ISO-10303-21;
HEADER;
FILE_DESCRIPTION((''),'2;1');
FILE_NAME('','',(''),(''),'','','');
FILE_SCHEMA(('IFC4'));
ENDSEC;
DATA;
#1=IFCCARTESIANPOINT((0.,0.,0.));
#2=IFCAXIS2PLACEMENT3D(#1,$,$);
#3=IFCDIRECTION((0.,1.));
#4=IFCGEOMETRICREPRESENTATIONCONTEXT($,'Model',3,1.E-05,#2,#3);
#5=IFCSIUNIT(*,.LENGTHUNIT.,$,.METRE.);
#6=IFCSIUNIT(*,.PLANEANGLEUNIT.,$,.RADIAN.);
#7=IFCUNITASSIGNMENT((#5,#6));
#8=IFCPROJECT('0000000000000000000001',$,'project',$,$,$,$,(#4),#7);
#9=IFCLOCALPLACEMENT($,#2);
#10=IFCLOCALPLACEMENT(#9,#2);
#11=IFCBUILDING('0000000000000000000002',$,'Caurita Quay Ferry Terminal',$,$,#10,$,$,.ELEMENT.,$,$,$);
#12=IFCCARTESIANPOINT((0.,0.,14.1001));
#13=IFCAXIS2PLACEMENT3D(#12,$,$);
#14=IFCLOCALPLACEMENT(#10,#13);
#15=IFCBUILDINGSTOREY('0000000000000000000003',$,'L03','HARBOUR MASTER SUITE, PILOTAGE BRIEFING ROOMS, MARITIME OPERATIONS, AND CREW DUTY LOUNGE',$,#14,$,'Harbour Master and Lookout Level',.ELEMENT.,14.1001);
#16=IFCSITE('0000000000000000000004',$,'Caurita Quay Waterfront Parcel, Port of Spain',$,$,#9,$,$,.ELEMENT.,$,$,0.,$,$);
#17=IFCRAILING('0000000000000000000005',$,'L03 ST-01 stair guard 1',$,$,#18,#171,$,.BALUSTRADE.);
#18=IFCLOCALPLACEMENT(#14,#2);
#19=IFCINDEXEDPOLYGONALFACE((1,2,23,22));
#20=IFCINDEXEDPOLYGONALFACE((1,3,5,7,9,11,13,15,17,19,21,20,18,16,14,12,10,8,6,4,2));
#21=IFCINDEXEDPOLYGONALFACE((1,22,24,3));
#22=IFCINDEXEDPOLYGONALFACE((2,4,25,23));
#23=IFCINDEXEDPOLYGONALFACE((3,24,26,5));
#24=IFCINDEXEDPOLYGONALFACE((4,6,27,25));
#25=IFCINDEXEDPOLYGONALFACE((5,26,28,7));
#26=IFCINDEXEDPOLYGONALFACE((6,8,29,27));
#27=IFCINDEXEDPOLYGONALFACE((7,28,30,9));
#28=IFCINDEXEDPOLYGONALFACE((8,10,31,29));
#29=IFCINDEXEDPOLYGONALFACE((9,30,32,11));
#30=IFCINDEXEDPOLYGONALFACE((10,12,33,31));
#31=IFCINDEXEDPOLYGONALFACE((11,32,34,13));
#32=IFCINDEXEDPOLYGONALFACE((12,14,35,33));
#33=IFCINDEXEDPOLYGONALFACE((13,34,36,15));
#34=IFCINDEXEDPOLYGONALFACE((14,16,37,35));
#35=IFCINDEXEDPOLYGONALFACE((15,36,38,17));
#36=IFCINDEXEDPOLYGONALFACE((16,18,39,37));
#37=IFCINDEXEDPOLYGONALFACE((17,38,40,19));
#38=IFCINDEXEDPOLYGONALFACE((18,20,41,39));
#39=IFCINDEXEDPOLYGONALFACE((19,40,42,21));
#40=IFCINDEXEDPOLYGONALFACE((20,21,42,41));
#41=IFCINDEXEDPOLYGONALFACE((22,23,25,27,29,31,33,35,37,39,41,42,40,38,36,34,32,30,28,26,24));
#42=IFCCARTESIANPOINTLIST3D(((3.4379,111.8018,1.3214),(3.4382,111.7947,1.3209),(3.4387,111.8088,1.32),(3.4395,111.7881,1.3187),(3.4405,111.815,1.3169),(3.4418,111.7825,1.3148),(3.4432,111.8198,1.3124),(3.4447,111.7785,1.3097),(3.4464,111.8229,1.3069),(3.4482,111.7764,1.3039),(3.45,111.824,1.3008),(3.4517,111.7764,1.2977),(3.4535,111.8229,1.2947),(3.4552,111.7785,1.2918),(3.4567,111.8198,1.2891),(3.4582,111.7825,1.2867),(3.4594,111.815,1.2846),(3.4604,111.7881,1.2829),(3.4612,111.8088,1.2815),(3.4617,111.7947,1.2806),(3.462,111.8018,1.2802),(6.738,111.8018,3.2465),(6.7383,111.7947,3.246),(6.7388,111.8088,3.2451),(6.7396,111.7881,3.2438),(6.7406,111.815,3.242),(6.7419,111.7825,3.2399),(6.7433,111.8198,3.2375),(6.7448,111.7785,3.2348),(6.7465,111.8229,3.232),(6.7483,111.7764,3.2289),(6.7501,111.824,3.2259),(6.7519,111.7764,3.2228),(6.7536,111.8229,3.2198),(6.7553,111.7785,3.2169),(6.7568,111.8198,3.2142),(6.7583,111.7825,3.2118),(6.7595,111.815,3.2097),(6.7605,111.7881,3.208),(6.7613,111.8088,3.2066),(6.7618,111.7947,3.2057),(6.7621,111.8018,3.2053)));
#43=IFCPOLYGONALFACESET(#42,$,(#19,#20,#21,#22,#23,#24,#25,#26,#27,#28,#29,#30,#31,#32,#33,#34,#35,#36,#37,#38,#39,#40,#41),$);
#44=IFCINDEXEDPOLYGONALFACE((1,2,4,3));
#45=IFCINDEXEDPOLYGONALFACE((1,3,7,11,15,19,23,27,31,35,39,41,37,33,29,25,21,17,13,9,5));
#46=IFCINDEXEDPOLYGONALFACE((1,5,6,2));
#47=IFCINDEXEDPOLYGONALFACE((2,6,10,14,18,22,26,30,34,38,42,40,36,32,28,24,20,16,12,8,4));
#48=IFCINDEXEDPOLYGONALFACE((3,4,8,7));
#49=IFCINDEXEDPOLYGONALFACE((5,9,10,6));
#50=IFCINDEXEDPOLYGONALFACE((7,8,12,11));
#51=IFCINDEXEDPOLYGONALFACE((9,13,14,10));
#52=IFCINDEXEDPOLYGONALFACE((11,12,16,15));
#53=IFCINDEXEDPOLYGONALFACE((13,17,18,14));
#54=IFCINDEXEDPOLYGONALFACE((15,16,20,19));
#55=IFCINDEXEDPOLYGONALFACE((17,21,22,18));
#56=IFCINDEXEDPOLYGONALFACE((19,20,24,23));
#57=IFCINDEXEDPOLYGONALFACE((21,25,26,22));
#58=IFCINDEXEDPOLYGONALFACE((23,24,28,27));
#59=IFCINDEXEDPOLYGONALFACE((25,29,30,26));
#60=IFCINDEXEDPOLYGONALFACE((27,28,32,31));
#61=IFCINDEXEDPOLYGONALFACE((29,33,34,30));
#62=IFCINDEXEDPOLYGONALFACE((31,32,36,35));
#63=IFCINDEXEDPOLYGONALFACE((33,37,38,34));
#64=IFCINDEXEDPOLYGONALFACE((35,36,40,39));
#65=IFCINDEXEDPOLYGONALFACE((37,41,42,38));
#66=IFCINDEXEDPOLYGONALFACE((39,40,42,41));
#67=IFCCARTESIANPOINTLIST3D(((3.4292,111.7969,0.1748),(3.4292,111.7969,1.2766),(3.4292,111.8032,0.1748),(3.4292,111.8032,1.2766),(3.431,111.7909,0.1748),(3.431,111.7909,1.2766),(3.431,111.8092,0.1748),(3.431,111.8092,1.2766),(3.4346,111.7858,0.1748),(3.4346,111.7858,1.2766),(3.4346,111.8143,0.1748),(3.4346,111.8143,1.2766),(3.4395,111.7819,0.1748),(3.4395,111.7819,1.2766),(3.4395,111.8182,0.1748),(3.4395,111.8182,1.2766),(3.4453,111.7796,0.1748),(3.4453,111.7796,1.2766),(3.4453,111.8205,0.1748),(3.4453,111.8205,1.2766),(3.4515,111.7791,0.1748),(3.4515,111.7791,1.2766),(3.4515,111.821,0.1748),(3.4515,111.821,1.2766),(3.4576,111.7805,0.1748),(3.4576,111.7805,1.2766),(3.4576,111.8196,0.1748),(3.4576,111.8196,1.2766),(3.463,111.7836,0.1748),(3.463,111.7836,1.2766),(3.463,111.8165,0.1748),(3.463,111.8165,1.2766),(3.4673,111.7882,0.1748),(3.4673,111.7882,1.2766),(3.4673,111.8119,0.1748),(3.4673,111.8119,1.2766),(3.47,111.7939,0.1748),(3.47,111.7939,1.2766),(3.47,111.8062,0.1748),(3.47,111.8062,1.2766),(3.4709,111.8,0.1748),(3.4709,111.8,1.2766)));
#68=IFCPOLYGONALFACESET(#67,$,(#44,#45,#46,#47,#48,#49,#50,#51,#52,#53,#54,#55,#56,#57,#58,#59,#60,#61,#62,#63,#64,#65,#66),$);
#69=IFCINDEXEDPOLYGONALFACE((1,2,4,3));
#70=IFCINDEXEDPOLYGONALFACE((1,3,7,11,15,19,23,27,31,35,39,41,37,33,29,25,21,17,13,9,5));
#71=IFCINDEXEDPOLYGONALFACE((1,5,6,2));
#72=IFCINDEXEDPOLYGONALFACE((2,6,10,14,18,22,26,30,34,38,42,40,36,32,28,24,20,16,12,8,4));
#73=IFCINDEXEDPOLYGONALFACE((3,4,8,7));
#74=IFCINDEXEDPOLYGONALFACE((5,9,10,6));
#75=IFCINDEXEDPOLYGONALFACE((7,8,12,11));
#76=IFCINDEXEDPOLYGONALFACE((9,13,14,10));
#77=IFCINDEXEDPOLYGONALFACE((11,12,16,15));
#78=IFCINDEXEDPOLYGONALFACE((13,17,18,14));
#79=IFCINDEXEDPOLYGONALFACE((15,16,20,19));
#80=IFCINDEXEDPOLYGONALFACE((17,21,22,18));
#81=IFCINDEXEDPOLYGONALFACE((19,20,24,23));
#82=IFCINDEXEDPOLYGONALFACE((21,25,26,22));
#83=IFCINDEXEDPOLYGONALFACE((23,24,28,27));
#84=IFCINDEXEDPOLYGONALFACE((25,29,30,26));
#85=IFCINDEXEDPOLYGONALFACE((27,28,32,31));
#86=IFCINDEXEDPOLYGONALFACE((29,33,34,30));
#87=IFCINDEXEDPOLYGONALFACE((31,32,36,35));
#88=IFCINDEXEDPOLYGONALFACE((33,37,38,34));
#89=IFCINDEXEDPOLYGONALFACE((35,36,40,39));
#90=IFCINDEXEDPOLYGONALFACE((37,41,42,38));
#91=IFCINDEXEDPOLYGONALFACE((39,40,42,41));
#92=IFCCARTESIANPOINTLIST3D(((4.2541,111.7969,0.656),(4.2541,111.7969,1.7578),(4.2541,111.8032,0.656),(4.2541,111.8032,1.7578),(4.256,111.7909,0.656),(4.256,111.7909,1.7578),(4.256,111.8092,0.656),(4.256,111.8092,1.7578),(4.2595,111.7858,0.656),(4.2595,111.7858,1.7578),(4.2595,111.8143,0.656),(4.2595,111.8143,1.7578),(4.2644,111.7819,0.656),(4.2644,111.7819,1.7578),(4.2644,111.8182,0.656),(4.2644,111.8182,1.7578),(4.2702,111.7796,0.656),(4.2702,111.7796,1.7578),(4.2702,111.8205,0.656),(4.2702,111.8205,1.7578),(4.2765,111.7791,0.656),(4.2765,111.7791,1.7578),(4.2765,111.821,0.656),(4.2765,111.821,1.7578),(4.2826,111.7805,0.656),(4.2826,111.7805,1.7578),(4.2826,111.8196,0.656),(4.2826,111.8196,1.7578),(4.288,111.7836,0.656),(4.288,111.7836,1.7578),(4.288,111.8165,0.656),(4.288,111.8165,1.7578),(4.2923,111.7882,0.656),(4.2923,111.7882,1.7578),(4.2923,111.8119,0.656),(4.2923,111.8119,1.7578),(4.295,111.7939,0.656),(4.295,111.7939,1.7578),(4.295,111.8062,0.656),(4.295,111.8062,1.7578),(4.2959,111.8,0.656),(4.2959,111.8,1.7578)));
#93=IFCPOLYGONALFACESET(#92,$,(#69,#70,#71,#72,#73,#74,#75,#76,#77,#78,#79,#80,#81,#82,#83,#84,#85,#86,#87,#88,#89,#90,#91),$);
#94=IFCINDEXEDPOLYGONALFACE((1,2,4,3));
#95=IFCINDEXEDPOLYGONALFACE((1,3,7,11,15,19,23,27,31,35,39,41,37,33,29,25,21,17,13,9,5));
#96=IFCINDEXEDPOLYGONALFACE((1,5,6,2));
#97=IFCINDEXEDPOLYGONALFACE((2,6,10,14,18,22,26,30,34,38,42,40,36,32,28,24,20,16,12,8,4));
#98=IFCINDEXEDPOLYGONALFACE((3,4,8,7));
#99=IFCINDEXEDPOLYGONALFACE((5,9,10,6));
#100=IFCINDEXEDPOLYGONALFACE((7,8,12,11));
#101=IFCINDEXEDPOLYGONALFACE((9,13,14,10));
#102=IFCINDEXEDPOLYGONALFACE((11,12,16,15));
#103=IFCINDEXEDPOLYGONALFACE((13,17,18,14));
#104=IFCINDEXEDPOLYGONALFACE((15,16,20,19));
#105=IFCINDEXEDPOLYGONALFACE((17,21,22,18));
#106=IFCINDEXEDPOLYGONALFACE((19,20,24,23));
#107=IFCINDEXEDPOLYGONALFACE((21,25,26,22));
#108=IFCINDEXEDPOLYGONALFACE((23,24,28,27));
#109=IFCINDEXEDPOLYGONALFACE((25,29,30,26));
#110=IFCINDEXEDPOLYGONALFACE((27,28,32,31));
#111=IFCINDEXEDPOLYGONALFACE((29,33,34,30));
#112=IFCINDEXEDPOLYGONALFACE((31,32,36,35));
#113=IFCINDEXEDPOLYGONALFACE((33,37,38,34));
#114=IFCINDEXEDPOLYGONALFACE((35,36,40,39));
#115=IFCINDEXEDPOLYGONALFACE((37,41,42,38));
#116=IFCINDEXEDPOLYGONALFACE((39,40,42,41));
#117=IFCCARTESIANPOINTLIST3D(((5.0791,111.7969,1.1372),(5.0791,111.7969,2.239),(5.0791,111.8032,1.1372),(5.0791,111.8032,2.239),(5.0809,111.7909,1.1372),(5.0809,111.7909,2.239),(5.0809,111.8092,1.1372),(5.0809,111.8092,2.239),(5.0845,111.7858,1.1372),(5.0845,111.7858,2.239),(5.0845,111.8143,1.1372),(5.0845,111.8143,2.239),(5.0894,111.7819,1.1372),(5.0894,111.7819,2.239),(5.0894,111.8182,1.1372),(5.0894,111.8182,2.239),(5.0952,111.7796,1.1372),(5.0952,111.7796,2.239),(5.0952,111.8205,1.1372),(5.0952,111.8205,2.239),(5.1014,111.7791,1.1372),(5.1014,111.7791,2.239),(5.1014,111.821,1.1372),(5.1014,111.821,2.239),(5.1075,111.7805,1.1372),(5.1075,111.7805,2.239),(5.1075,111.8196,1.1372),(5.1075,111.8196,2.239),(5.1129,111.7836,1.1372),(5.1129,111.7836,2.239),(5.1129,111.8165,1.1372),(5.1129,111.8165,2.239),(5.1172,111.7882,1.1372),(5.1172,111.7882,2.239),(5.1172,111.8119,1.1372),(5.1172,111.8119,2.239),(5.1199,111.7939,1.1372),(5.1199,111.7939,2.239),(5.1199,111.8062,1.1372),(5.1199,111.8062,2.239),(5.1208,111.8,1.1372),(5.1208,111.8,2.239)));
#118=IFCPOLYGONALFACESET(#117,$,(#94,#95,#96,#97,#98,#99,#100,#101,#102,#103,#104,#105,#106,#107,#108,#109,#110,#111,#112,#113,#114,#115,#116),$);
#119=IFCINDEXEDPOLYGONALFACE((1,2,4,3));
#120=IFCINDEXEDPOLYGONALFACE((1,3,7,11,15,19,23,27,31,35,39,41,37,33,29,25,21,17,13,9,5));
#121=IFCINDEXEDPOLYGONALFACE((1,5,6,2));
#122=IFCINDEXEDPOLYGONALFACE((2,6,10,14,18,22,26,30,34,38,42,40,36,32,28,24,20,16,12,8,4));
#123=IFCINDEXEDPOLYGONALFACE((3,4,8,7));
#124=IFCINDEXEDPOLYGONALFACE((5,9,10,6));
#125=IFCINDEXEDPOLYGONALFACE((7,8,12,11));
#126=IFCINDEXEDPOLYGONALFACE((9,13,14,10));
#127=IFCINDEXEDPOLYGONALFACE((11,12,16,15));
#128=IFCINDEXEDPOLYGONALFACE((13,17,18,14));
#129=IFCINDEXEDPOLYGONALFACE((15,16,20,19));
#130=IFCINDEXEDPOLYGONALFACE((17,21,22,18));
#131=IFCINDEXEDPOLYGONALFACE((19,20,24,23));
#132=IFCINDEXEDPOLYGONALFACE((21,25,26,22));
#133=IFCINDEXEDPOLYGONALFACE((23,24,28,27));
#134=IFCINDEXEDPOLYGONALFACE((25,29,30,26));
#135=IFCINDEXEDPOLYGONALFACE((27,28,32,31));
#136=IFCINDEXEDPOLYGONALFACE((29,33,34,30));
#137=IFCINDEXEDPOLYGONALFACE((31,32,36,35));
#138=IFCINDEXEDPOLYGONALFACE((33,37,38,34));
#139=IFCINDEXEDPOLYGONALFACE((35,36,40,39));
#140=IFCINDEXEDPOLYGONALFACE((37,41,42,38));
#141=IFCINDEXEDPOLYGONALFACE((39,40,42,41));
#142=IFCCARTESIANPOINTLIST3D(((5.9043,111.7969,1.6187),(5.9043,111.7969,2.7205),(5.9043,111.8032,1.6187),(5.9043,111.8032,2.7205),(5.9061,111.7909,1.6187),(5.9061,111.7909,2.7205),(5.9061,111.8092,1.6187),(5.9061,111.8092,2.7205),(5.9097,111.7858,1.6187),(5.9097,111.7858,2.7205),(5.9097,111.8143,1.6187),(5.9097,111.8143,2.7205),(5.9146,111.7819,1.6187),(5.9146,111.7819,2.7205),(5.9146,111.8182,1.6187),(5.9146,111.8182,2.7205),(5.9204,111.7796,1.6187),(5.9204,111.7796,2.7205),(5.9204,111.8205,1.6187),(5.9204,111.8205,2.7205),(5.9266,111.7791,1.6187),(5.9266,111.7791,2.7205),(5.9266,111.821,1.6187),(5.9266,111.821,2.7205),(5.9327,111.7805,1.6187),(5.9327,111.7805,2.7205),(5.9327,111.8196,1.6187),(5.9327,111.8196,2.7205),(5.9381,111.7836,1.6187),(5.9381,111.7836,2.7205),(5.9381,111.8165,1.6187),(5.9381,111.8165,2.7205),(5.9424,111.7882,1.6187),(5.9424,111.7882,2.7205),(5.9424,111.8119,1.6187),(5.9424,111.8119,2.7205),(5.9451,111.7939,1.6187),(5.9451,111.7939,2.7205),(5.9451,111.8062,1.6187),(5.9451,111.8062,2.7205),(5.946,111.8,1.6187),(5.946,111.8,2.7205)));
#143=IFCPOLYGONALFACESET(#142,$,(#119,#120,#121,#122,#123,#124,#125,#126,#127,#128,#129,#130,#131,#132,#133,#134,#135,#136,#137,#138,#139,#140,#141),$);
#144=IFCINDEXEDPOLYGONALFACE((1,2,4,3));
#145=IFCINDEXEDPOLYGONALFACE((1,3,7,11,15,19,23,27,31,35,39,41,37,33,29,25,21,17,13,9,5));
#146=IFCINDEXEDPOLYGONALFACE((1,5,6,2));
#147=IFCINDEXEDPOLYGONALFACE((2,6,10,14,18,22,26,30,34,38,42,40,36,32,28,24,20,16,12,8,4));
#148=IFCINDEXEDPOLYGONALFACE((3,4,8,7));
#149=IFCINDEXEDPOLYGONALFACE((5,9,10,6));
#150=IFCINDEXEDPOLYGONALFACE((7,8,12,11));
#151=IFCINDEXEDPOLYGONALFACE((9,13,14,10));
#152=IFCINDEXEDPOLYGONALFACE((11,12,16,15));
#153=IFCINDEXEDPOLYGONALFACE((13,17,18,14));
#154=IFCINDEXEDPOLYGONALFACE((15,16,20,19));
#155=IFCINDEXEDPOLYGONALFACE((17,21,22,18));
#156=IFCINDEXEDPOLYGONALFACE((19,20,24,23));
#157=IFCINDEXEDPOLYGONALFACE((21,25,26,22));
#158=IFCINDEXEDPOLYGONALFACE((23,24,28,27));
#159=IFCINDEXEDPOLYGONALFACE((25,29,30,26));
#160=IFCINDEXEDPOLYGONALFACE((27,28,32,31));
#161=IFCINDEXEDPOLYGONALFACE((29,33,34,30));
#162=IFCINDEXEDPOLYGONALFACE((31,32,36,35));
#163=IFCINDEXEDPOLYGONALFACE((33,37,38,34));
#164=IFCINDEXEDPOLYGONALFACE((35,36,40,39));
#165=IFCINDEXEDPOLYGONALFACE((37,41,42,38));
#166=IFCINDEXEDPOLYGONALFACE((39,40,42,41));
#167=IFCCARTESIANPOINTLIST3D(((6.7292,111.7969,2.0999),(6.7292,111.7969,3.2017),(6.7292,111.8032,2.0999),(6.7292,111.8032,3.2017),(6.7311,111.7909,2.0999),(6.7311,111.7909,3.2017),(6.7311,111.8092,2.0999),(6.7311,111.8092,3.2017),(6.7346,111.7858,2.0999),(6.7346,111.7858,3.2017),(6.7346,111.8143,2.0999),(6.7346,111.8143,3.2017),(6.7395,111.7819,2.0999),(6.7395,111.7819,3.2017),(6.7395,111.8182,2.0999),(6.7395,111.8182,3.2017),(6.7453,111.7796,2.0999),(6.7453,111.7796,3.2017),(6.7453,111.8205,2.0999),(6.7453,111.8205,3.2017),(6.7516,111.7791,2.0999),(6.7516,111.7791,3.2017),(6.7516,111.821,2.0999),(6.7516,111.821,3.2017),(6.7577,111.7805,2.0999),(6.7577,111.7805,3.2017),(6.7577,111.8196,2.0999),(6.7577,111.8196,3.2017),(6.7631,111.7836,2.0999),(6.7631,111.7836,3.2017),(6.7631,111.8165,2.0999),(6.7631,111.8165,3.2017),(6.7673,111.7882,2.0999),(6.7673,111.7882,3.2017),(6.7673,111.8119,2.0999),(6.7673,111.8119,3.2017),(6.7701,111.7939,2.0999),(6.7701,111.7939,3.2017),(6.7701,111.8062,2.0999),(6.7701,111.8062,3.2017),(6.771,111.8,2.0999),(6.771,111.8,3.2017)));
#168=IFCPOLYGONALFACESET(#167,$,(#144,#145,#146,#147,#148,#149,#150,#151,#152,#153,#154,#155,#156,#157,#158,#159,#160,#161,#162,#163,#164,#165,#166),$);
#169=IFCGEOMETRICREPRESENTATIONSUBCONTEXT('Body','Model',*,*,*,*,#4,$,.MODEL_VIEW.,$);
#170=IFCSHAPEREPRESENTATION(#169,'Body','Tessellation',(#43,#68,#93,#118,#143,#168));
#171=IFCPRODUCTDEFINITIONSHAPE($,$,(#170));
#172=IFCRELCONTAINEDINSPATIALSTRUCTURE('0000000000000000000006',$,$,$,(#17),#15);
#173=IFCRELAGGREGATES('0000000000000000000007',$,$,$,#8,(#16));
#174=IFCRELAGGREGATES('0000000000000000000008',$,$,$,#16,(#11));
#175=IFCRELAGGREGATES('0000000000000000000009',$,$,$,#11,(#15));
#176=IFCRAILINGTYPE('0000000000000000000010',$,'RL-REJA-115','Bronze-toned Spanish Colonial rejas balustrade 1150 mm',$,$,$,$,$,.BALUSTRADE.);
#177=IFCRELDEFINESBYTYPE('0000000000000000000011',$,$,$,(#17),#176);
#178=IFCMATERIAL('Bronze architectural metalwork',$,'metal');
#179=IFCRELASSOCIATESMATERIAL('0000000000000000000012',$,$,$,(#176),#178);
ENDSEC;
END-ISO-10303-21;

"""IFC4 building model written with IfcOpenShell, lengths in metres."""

from ifc_helpers import new_model, si_unit, direction, frame, origin, origin_2d, place, context, subcontext, project, spatial, circle, extrude, material, type_object, element, save


model = new_model("IFC4")

# Units and contexts
model_context = context("Model", 3, precision=1e-05, world=origin(), true_north=direction((0.0, 1.0)))
body_context = subcontext(model_context, "Body", "Model", "MODEL_VIEW")
ifc_project = project(units=[si_unit("LENGTHUNIT", "METRE"), si_unit("PLANEANGLEUNIT", "RADIAN")], contexts=[model_context])

# Site, building, storey
site_placement = place(None, origin())
site = spatial("IfcSite", under=ifc_project, at=site_placement, Name="Caurita Quay Waterfront Parcel, Port of Spain", CompositionType="ELEMENT", RefElevation=0.0)
building_placement = place(site_placement, origin())
building = spatial("IfcBuilding", under=site, at=building_placement, Name="Caurita Quay Ferry Terminal", CompositionType="ELEMENT")
storey_placement = place(building_placement, frame((0.0, 0.0, 14.1001)))
storey = spatial("IfcBuildingStorey", under=building, at=storey_placement, Name="L03", Description="HARBOUR MASTER SUITE, PILOTAGE BRIEFING ROOMS, MARITIME OPERATIONS, AND CREW DUTY LOUNGE", LongName="Harbour Master and Lookout Level", CompositionType="ELEMENT", Elevation=14.1001)

# Railing
ifc_material_1 = material(Name="Bronze architectural metalwork", Category="metal")
railing_type_1 = type_object("IfcRailingType", Name="RL-REJA-115", Description="Bronze-toned Spanish Colonial rejas balustrade 1150 mm", PredefinedType="BALUSTRADE", material=ifc_material_1)
railing_1_placement = place(storey_placement, frame((3.45, 111.8, 0.1748)))
element("IfcRailing", 1, at=railing_1_placement, inside=storey, type_object=railing_type_1, Name="L03 ST-01 stair guard 1", PredefinedType="BALUSTRADE", context=body_context, shape_type="SweptSolid", body=[
    extrude(circle(Radius=0.0239, at=origin_2d()), frame((0.0, 0.0, 1.126), z_axis=(0.863777, 0.0, 0.503875), x_axis=(0.0, 1.0, 0.0)), (0.0, 0.0, 1.0), 3.8206),
    extrude(circle(Radius=0.021, at=origin_2d()), origin(), (0.0, 0.0, 1.0), 1.1018),
    extrude(circle(Radius=0.021, at=origin_2d()), frame((0.825, 0.0, 0.4812)), (0.0, 0.0, 1.0), 1.1018),
    extrude(circle(Radius=0.021, at=origin_2d()), frame((1.6499, 0.0, 0.9624)), (0.0, 0.0, 1.0), 1.1018),
    extrude(circle(Radius=0.021, at=origin_2d()), frame((2.4751, 0.0, 1.4438)), (0.0, 0.0, 1.0), 1.1018),
    extrude(circle(Radius=0.021, at=origin_2d()), frame((3.3, 0.0, 1.925)), (0.0, 0.0, 1.0), 1.1018),
])

save(model, "model.ifc")
